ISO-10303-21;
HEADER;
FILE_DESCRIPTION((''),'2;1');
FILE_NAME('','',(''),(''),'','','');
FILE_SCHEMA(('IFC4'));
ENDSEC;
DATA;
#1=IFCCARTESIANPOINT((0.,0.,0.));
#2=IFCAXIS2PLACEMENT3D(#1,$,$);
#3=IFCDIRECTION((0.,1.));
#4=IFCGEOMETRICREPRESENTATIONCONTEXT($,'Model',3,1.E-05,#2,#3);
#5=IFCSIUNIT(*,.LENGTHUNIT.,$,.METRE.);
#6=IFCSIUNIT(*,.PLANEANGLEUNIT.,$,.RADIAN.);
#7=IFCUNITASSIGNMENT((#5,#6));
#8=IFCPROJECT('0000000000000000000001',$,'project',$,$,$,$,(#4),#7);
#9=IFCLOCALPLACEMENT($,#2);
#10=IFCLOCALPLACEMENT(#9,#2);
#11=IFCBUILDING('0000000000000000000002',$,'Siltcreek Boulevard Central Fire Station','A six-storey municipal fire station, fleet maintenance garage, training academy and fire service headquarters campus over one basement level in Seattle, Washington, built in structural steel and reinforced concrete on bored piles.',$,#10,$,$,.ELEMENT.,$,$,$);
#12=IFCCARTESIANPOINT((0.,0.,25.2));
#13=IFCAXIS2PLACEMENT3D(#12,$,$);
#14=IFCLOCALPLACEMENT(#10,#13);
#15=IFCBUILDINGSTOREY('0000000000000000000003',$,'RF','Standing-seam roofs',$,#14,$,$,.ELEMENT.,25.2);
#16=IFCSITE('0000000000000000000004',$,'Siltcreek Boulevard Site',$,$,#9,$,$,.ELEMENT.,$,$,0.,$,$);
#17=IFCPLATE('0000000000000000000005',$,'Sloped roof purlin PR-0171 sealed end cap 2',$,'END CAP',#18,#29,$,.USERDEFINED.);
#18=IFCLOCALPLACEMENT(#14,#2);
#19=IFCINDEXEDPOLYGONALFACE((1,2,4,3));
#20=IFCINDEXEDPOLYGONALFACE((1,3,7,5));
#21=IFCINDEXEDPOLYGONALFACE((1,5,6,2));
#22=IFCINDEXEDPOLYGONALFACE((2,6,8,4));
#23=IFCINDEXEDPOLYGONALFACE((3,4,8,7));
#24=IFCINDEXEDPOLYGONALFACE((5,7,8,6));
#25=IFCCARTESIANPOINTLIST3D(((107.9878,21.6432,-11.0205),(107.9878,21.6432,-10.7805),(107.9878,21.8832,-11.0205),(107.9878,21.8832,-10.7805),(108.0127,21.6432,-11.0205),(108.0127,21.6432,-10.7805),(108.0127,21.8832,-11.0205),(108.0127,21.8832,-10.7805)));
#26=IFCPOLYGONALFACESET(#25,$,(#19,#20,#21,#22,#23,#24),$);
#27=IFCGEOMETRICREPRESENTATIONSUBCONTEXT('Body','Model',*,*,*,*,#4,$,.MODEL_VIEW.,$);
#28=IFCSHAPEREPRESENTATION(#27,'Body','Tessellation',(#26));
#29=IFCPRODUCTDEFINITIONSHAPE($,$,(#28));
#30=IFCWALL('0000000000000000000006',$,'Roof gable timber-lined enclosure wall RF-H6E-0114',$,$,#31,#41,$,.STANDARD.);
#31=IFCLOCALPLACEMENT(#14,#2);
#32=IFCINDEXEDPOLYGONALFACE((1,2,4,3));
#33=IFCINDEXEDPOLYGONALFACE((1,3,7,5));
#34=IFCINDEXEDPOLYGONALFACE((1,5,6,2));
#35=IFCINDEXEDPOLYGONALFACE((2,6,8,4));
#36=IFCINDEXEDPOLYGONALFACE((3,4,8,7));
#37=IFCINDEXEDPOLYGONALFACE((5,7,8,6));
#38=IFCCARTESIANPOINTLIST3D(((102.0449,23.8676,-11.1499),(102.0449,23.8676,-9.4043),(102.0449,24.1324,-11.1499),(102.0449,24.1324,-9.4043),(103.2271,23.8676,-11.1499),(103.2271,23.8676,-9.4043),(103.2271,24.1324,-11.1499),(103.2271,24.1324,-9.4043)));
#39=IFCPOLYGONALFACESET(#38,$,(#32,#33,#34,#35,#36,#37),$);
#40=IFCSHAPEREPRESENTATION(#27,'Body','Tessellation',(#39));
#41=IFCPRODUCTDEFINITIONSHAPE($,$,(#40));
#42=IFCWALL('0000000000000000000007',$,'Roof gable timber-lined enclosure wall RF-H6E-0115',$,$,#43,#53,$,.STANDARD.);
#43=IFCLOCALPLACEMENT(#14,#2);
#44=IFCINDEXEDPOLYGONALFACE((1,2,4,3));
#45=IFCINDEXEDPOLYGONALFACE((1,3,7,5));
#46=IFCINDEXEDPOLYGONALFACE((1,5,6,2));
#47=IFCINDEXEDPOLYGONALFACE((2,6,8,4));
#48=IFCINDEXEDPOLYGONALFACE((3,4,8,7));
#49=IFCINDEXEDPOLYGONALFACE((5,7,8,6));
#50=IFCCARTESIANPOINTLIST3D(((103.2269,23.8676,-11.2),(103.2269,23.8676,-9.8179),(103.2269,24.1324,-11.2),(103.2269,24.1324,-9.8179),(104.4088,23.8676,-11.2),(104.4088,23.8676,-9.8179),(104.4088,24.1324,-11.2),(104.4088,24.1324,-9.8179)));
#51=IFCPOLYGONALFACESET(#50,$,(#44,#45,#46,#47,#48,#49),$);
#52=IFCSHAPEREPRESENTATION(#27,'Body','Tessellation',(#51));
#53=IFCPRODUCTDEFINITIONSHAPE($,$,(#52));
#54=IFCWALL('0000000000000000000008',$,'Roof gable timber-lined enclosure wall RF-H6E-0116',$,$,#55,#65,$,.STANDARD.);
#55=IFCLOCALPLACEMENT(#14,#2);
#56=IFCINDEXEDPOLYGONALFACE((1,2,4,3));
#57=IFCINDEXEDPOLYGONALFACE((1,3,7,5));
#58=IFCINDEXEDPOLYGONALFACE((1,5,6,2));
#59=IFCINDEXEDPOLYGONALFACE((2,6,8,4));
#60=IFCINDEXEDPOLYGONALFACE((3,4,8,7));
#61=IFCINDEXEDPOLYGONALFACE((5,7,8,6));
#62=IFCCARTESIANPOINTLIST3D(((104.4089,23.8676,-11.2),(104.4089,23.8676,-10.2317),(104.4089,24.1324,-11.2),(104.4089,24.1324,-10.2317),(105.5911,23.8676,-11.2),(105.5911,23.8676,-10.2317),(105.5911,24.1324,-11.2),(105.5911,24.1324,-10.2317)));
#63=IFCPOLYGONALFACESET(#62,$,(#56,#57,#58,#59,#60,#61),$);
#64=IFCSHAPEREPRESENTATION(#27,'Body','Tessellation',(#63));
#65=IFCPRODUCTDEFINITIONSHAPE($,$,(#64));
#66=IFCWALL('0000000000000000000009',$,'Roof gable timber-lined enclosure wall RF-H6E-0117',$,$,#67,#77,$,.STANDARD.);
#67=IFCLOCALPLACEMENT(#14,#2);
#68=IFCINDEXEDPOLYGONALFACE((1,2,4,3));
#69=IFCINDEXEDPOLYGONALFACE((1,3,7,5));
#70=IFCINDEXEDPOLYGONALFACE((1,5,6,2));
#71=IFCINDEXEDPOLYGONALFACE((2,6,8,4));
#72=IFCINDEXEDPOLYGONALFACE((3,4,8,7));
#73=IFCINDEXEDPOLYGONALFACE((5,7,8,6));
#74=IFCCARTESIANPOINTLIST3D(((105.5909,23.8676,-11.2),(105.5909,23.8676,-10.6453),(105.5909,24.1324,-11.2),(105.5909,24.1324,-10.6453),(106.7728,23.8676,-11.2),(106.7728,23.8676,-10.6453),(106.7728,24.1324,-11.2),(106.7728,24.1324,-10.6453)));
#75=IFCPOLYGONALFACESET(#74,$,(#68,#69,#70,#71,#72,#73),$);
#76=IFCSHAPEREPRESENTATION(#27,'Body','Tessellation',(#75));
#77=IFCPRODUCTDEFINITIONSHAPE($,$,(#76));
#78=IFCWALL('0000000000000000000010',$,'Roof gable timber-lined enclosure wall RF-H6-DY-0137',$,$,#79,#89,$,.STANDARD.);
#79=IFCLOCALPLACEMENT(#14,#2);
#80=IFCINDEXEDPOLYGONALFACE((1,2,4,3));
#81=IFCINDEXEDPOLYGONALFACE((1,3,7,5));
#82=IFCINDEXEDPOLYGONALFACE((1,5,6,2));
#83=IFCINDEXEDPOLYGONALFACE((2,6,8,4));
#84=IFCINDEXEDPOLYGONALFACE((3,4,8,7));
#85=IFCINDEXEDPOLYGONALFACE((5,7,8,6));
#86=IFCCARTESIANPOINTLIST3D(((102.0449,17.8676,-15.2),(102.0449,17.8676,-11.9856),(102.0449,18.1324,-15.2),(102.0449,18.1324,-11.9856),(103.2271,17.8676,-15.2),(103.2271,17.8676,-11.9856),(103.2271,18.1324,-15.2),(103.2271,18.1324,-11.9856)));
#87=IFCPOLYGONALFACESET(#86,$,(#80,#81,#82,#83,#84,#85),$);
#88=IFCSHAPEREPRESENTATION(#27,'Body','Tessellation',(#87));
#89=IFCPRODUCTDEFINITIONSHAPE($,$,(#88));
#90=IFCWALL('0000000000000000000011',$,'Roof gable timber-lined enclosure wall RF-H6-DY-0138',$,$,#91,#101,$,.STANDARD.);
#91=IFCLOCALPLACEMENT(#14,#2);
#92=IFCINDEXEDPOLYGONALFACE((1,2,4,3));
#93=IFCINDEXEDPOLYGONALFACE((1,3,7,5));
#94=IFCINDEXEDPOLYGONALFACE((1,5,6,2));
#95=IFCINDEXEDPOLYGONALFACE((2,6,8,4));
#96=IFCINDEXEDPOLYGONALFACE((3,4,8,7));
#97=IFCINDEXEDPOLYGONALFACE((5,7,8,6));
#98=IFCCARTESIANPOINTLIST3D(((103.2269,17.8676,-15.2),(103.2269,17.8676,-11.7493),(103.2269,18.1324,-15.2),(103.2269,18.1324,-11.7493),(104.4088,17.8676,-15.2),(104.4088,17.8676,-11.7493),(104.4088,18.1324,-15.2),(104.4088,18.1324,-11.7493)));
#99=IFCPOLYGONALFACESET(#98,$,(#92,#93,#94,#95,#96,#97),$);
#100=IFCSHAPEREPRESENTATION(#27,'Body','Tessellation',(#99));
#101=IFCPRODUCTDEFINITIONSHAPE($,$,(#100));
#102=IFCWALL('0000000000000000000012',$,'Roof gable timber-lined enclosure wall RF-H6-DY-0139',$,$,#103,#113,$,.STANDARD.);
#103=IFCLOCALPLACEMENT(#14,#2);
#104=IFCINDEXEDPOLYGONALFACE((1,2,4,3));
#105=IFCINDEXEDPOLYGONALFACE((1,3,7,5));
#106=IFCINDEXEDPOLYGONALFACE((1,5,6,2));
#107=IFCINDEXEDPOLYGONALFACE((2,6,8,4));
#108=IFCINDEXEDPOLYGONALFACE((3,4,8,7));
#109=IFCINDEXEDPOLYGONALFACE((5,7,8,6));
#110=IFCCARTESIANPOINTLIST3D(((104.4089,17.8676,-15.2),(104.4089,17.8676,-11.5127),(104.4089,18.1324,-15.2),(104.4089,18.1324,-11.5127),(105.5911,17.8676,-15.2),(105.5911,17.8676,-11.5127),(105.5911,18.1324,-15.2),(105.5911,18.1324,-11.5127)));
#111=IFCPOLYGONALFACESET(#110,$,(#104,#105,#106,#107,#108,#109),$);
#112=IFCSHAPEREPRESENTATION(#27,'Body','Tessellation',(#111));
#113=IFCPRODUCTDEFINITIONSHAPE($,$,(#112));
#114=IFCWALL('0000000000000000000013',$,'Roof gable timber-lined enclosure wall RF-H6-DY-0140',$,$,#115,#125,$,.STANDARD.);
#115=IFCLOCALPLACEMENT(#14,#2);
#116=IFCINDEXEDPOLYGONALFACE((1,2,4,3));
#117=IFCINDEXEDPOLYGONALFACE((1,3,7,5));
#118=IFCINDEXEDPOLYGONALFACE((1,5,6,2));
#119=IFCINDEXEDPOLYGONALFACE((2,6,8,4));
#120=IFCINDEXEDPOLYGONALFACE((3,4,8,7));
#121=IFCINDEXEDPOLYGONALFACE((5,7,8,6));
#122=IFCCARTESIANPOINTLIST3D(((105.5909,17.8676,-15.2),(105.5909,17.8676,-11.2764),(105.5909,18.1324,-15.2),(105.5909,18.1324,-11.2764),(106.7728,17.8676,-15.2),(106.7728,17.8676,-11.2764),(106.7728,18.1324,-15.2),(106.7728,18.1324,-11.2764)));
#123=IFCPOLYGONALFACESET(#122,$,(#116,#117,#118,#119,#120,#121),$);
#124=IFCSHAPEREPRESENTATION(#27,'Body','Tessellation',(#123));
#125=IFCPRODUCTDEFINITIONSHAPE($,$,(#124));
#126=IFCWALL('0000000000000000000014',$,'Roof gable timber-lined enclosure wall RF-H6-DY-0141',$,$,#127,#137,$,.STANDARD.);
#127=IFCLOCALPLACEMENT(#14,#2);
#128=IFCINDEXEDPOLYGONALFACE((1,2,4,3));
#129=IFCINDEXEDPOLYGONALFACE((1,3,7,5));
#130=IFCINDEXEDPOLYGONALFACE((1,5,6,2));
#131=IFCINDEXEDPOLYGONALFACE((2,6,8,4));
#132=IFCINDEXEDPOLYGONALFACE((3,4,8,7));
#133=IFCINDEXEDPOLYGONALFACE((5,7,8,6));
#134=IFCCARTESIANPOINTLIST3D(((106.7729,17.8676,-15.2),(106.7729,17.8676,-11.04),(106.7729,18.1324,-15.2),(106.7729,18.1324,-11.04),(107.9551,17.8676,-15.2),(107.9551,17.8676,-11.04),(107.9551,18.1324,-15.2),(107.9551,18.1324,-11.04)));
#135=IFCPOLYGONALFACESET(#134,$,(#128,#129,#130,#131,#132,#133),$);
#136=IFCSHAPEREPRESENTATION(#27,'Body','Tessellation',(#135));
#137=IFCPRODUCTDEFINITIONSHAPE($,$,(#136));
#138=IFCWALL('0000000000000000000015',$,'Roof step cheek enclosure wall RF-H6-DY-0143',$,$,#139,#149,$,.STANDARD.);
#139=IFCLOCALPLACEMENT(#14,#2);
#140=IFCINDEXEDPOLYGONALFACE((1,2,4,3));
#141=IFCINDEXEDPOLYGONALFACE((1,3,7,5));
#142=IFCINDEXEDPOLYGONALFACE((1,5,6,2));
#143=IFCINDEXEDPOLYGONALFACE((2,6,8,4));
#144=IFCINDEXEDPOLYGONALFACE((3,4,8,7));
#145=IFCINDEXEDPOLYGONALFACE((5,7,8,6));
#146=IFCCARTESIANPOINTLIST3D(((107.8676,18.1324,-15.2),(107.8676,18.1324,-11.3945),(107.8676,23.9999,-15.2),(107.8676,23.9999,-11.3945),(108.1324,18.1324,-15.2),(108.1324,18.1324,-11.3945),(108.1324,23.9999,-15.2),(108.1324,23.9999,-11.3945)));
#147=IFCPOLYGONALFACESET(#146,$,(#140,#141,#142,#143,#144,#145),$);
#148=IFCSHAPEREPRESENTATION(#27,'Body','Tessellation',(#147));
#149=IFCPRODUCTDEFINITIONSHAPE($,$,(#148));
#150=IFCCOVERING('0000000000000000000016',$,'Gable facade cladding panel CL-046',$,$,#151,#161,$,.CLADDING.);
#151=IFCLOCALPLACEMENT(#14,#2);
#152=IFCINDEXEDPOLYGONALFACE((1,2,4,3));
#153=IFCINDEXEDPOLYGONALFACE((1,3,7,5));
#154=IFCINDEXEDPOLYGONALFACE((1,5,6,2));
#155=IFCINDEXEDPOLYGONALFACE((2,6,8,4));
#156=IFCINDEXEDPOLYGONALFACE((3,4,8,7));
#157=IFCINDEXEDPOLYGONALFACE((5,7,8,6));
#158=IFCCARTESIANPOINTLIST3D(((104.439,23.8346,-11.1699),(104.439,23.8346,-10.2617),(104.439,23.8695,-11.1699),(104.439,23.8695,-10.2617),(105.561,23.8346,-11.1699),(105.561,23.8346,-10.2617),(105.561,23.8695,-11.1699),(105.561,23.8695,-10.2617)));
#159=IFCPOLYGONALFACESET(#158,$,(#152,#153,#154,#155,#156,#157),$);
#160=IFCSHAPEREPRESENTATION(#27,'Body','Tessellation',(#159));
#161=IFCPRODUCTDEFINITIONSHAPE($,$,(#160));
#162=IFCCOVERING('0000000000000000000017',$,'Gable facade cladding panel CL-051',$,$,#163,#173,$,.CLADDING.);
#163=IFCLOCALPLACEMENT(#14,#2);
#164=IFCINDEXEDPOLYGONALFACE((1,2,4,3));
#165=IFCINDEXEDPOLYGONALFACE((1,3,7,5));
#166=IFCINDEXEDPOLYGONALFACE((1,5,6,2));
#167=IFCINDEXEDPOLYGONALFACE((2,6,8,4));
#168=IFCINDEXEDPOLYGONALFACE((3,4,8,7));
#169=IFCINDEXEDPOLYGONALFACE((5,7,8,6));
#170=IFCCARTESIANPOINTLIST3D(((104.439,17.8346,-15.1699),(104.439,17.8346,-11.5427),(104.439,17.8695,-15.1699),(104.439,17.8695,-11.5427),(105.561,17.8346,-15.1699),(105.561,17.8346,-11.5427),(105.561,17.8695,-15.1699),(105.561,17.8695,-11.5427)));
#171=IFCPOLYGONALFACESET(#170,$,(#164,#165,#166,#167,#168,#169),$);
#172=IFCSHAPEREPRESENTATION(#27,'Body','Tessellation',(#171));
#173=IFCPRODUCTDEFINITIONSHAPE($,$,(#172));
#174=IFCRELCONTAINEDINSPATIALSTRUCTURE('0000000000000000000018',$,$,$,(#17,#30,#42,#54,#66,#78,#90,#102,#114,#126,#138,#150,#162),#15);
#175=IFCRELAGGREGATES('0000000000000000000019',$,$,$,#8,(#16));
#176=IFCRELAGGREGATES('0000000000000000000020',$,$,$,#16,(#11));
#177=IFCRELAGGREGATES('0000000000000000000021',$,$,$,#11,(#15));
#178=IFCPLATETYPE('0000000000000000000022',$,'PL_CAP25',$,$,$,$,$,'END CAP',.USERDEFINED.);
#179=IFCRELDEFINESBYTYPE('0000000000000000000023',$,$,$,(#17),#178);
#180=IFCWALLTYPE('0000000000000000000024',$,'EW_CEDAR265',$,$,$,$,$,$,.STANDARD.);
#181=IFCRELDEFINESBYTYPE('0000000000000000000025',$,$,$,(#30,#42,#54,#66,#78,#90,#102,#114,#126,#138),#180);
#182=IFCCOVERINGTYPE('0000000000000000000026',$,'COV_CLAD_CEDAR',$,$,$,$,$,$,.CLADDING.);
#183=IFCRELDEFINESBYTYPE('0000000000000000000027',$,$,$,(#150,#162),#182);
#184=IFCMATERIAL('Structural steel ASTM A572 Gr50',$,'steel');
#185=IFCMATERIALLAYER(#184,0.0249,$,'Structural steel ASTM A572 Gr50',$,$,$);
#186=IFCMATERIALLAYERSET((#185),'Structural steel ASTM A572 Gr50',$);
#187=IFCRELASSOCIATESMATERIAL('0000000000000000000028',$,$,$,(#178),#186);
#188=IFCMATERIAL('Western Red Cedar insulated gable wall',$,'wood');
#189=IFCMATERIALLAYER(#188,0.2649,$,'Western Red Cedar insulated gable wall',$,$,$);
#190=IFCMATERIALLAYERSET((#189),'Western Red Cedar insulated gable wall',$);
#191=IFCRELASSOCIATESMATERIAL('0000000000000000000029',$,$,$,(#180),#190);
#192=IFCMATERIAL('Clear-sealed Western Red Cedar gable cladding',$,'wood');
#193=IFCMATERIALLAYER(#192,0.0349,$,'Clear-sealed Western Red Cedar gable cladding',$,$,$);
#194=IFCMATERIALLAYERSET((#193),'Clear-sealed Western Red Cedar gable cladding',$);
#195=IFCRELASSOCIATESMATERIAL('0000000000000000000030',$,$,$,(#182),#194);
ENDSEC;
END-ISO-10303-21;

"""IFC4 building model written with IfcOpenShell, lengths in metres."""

from ifc_helpers import new_model, si_unit, direction, frame, frame_2d, origin, origin_2d, place, context, subcontext, project, spatial, rectangle, extrude, material, layer, layer_set, type_object, element, save


model = new_model("IFC4")

# Units and contexts
model_context = context("Model", 3, precision=1e-05, world=origin(), true_north=direction((0.0, 1.0)))
body_context = subcontext(model_context, "Body", "Model", "MODEL_VIEW")
ifc_project = project(units=[si_unit("LENGTHUNIT", "METRE"), si_unit("PLANEANGLEUNIT", "RADIAN")], contexts=[model_context])

# Site, building, storey
site_placement = place(None, origin())
site = spatial("IfcSite", under=ifc_project, at=site_placement, Name="Siltcreek Boulevard Site", CompositionType="ELEMENT", RefElevation=0.0)
building_placement = place(site_placement, origin())
building = spatial("IfcBuilding", under=site, at=building_placement, Name="Siltcreek Boulevard Central Fire Station", Description="A six-storey municipal fire station, fleet maintenance garage, training academy and fire service headquarters campus over one basement level in Seattle, Washington, built in structural steel and reinforced concrete on bored piles.", CompositionType="ELEMENT")
storey_placement = place(building_placement, frame((0.0, 0.0, 25.2)))
storey = spatial("IfcBuildingStorey", under=building, at=storey_placement, Name="RF", Description="Standing-seam roofs", CompositionType="ELEMENT", Elevation=25.2)

# Plate
ifc_material_1 = material(Name="Structural steel ASTM A572 Gr50", Category="steel")
ifc_layer_1 = layer(ifc_material_1, 0.0249, Name="Structural steel ASTM A572 Gr50")
ifc_layer_set_1 = layer_set([ifc_layer_1], Name="Structural steel ASTM A572 Gr50")
plate_type = type_object("IfcPlateType", Name="PL_CAP25", ElementType="END CAP", PredefinedType="USERDEFINED", material=ifc_layer_set_1)
plate_placement = place(storey_placement, frame((108.0002, 21.7632, -11.0205), z_axis=(0.0, 0.0, 1.0), x_axis=(1.0, 0.0, 0.0)))
element("IfcPlate", 1, at=plate_placement, inside=storey, type_object=plate_type, Name="Sloped roof purlin PR-0171 sealed end cap 2", ObjectType="END CAP", PredefinedType="USERDEFINED", context=body_context, shape_type="SweptSolid", body=[
    extrude(rectangle(XDim=0.0249, YDim=0.24, at=origin_2d()), origin(), (0.0, 0.0, 1.0), 0.24),
])

# Walls
ifc_material_2 = material(Name="Western Red Cedar insulated gable wall", Category="wood")
ifc_layer_2 = layer(ifc_material_2, 0.2649, Name="Western Red Cedar insulated gable wall")
ifc_layer_set_2 = layer_set([ifc_layer_2], Name="Western Red Cedar insulated gable wall")
wall_type = type_object("IfcWallType", Name="EW_CEDAR265", PredefinedType="STANDARD", material=ifc_layer_set_2)
wall_1_placement = place(storey_placement, frame((102.0449, 24.0, -11.1499), z_axis=(0.0, 0.0, 1.0), x_axis=(1.0, 0.0, 0.0)))
element("IfcWall", 2, at=wall_1_placement, inside=storey, type_object=wall_type, Name="Roof gable timber-lined enclosure wall RF-H6E-0114", PredefinedType="STANDARD", context=body_context, shape_type="SweptSolid", body=[
    extrude(rectangle(XDim=1.1821, YDim=0.2649, at=frame_2d((0.5911, 0.0))), origin(), (0.0, 0.0, 1.0), 1.7456),
])
wall_2_placement = place(storey_placement, frame((103.2271, 24.0, -11.2), z_axis=(0.0, 0.0, 1.0), x_axis=(1.0, 0.0, 0.0)))
element("IfcWall", 3, at=wall_2_placement, inside=storey, type_object=wall_type, Name="Roof gable timber-lined enclosure wall RF-H6E-0115", PredefinedType="STANDARD", context=body_context, shape_type="SweptSolid", body=[
    extrude(rectangle(XDim=1.1819, YDim=0.2649, at=frame_2d((0.5908, 0.0))), origin(), (0.0, 0.0, 1.0), 1.3821),
])
wall_3_placement = place(storey_placement, frame((104.4089, 24.0, -11.2), z_axis=(0.0, 0.0, 1.0), x_axis=(1.0, 0.0, 0.0)))
element("IfcWall", 4, at=wall_3_placement, inside=storey, type_object=wall_type, Name="Roof gable timber-lined enclosure wall RF-H6E-0116", PredefinedType="STANDARD", context=body_context, shape_type="SweptSolid", body=[
    extrude(rectangle(XDim=1.1821, YDim=0.2649, at=frame_2d((0.5911, 0.0))), origin(), (0.0, 0.0, 1.0), 0.9683),
])
wall_4_placement = place(storey_placement, frame((105.5911, 24.0, -11.2), z_axis=(0.0, 0.0, 1.0), x_axis=(1.0, 0.0, 0.0)))
element("IfcWall", 5, at=wall_4_placement, inside=storey, type_object=wall_type, Name="Roof gable timber-lined enclosure wall RF-H6E-0117", PredefinedType="STANDARD", context=body_context, shape_type="SweptSolid", body=[
    extrude(rectangle(XDim=1.1819, YDim=0.2649, at=frame_2d((0.5908, 0.0))), origin(), (0.0, 0.0, 1.0), 0.5547),
])
wall_5_placement = place(storey_placement, frame((102.0449, 18.0, -15.2), z_axis=(0.0, 0.0, 1.0), x_axis=(1.0, 0.0, 0.0)))
element("IfcWall", 6, at=wall_5_placement, inside=storey, type_object=wall_type, Name="Roof gable timber-lined enclosure wall RF-H6-DY-0137", PredefinedType="STANDARD", context=body_context, shape_type="SweptSolid", body=[
    extrude(rectangle(XDim=1.1821, YDim=0.2649, at=frame_2d((0.5911, 0.0))), origin(), (0.0, 0.0, 1.0), 3.2144),
])
wall_6_placement = place(storey_placement, frame((103.2271, 18.0, -15.2), z_axis=(0.0, 0.0, 1.0), x_axis=(1.0, 0.0, 0.0)))
element("IfcWall", 7, at=wall_6_placement, inside=storey, type_object=wall_type, Name="Roof gable timber-lined enclosure wall RF-H6-DY-0138", PredefinedType="STANDARD", context=body_context, shape_type="SweptSolid", body=[
    extrude(rectangle(XDim=1.1819, YDim=0.2649, at=frame_2d((0.5908, 0.0))), origin(), (0.0, 0.0, 1.0), 3.4507),
])
wall_7_placement = place(storey_placement, frame((104.4089, 18.0, -15.2), z_axis=(0.0, 0.0, 1.0), x_axis=(1.0, 0.0, 0.0)))
element("IfcWall", 8, at=wall_7_placement, inside=storey, type_object=wall_type, Name="Roof gable timber-lined enclosure wall RF-H6-DY-0139", PredefinedType="STANDARD", context=body_context, shape_type="SweptSolid", body=[
    extrude(rectangle(XDim=1.1821, YDim=0.2649, at=frame_2d((0.5911, 0.0))), origin(), (0.0, 0.0, 1.0), 3.6873),
])
wall_8_placement = place(storey_placement, frame((105.5911, 18.0, -15.2), z_axis=(0.0, 0.0, 1.0), x_axis=(1.0, 0.0, 0.0)))
element("IfcWall", 9, at=wall_8_placement, inside=storey, type_object=wall_type, Name="Roof gable timber-lined enclosure wall RF-H6-DY-0140", PredefinedType="STANDARD", context=body_context, shape_type="SweptSolid", body=[
    extrude(rectangle(XDim=1.1819, YDim=0.2649, at=frame_2d((0.5908, 0.0))), origin(), (0.0, 0.0, 1.0), 3.9236),
])
wall_9_placement = place(storey_placement, frame((106.7729, 18.0, -15.2), z_axis=(0.0, 0.0, 1.0), x_axis=(1.0, 0.0, 0.0)))
element("IfcWall", 10, at=wall_9_placement, inside=storey, type_object=wall_type, Name="Roof gable timber-lined enclosure wall RF-H6-DY-0141", PredefinedType="STANDARD", context=body_context, shape_type="SweptSolid", body=[
    extrude(rectangle(XDim=1.1821, YDim=0.2649, at=frame_2d((0.5911, 0.0))), origin(), (0.0, 0.0, 1.0), 4.1599),
])
wall_10_placement = place(storey_placement, frame((108.0, 18.1326, -15.2), z_axis=(0.0, 0.0, 1.0), x_axis=(0.0, 1.0, 0.0)))
element("IfcWall", 11, at=wall_10_placement, inside=storey, type_object=wall_type, Name="Roof step cheek enclosure wall RF-H6-DY-0143", PredefinedType="STANDARD", context=body_context, shape_type="SweptSolid", body=[
    extrude(rectangle(XDim=5.8674, YDim=0.2649, at=frame_2d((2.9336, 0.0))), origin(), (0.0, 0.0, 1.0), 3.8054),
])

# Coverings
ifc_material_3 = material(Name="Clear-sealed Western Red Cedar gable cladding", Category="wood")
ifc_layer_3 = layer(ifc_material_3, 0.0349, Name="Clear-sealed Western Red Cedar gable cladding")
ifc_layer_set_3 = layer_set([ifc_layer_3], Name="Clear-sealed Western Red Cedar gable cladding")
covering_type = type_object("IfcCoveringType", Name="COV_CLAD_CEDAR", PredefinedType="CLADDING", material=ifc_layer_set_3)
covering_1_placement = place(storey_placement, frame((105.0, 23.8521, -11.1699), z_axis=(0.0, 0.0, 1.0), x_axis=(1.0, 0.0, 0.0)))
element("IfcCovering", 12, at=covering_1_placement, inside=storey, type_object=covering_type, Name="Gable facade cladding panel CL-046", PredefinedType="CLADDING", context=body_context, shape_type="SweptSolid", body=[
    extrude(rectangle(XDim=1.1221, YDim=0.0349, at=origin_2d()), origin(), (0.0, 0.0, 1.0), 0.9082),
])
covering_2_placement = place(storey_placement, frame((105.0, 17.8521, -15.1699), z_axis=(0.0, 0.0, 1.0), x_axis=(1.0, 0.0, 0.0)))
element("IfcCovering", 13, at=covering_2_placement, inside=storey, type_object=covering_type, Name="Gable facade cladding panel CL-051", PredefinedType="CLADDING", context=body_context, shape_type="SweptSolid", body=[
    extrude(rectangle(XDim=1.1221, YDim=0.0349, at=origin_2d()), origin(), (0.0, 0.0, 1.0), 3.6272),
])

save(model, "model.ifc")
